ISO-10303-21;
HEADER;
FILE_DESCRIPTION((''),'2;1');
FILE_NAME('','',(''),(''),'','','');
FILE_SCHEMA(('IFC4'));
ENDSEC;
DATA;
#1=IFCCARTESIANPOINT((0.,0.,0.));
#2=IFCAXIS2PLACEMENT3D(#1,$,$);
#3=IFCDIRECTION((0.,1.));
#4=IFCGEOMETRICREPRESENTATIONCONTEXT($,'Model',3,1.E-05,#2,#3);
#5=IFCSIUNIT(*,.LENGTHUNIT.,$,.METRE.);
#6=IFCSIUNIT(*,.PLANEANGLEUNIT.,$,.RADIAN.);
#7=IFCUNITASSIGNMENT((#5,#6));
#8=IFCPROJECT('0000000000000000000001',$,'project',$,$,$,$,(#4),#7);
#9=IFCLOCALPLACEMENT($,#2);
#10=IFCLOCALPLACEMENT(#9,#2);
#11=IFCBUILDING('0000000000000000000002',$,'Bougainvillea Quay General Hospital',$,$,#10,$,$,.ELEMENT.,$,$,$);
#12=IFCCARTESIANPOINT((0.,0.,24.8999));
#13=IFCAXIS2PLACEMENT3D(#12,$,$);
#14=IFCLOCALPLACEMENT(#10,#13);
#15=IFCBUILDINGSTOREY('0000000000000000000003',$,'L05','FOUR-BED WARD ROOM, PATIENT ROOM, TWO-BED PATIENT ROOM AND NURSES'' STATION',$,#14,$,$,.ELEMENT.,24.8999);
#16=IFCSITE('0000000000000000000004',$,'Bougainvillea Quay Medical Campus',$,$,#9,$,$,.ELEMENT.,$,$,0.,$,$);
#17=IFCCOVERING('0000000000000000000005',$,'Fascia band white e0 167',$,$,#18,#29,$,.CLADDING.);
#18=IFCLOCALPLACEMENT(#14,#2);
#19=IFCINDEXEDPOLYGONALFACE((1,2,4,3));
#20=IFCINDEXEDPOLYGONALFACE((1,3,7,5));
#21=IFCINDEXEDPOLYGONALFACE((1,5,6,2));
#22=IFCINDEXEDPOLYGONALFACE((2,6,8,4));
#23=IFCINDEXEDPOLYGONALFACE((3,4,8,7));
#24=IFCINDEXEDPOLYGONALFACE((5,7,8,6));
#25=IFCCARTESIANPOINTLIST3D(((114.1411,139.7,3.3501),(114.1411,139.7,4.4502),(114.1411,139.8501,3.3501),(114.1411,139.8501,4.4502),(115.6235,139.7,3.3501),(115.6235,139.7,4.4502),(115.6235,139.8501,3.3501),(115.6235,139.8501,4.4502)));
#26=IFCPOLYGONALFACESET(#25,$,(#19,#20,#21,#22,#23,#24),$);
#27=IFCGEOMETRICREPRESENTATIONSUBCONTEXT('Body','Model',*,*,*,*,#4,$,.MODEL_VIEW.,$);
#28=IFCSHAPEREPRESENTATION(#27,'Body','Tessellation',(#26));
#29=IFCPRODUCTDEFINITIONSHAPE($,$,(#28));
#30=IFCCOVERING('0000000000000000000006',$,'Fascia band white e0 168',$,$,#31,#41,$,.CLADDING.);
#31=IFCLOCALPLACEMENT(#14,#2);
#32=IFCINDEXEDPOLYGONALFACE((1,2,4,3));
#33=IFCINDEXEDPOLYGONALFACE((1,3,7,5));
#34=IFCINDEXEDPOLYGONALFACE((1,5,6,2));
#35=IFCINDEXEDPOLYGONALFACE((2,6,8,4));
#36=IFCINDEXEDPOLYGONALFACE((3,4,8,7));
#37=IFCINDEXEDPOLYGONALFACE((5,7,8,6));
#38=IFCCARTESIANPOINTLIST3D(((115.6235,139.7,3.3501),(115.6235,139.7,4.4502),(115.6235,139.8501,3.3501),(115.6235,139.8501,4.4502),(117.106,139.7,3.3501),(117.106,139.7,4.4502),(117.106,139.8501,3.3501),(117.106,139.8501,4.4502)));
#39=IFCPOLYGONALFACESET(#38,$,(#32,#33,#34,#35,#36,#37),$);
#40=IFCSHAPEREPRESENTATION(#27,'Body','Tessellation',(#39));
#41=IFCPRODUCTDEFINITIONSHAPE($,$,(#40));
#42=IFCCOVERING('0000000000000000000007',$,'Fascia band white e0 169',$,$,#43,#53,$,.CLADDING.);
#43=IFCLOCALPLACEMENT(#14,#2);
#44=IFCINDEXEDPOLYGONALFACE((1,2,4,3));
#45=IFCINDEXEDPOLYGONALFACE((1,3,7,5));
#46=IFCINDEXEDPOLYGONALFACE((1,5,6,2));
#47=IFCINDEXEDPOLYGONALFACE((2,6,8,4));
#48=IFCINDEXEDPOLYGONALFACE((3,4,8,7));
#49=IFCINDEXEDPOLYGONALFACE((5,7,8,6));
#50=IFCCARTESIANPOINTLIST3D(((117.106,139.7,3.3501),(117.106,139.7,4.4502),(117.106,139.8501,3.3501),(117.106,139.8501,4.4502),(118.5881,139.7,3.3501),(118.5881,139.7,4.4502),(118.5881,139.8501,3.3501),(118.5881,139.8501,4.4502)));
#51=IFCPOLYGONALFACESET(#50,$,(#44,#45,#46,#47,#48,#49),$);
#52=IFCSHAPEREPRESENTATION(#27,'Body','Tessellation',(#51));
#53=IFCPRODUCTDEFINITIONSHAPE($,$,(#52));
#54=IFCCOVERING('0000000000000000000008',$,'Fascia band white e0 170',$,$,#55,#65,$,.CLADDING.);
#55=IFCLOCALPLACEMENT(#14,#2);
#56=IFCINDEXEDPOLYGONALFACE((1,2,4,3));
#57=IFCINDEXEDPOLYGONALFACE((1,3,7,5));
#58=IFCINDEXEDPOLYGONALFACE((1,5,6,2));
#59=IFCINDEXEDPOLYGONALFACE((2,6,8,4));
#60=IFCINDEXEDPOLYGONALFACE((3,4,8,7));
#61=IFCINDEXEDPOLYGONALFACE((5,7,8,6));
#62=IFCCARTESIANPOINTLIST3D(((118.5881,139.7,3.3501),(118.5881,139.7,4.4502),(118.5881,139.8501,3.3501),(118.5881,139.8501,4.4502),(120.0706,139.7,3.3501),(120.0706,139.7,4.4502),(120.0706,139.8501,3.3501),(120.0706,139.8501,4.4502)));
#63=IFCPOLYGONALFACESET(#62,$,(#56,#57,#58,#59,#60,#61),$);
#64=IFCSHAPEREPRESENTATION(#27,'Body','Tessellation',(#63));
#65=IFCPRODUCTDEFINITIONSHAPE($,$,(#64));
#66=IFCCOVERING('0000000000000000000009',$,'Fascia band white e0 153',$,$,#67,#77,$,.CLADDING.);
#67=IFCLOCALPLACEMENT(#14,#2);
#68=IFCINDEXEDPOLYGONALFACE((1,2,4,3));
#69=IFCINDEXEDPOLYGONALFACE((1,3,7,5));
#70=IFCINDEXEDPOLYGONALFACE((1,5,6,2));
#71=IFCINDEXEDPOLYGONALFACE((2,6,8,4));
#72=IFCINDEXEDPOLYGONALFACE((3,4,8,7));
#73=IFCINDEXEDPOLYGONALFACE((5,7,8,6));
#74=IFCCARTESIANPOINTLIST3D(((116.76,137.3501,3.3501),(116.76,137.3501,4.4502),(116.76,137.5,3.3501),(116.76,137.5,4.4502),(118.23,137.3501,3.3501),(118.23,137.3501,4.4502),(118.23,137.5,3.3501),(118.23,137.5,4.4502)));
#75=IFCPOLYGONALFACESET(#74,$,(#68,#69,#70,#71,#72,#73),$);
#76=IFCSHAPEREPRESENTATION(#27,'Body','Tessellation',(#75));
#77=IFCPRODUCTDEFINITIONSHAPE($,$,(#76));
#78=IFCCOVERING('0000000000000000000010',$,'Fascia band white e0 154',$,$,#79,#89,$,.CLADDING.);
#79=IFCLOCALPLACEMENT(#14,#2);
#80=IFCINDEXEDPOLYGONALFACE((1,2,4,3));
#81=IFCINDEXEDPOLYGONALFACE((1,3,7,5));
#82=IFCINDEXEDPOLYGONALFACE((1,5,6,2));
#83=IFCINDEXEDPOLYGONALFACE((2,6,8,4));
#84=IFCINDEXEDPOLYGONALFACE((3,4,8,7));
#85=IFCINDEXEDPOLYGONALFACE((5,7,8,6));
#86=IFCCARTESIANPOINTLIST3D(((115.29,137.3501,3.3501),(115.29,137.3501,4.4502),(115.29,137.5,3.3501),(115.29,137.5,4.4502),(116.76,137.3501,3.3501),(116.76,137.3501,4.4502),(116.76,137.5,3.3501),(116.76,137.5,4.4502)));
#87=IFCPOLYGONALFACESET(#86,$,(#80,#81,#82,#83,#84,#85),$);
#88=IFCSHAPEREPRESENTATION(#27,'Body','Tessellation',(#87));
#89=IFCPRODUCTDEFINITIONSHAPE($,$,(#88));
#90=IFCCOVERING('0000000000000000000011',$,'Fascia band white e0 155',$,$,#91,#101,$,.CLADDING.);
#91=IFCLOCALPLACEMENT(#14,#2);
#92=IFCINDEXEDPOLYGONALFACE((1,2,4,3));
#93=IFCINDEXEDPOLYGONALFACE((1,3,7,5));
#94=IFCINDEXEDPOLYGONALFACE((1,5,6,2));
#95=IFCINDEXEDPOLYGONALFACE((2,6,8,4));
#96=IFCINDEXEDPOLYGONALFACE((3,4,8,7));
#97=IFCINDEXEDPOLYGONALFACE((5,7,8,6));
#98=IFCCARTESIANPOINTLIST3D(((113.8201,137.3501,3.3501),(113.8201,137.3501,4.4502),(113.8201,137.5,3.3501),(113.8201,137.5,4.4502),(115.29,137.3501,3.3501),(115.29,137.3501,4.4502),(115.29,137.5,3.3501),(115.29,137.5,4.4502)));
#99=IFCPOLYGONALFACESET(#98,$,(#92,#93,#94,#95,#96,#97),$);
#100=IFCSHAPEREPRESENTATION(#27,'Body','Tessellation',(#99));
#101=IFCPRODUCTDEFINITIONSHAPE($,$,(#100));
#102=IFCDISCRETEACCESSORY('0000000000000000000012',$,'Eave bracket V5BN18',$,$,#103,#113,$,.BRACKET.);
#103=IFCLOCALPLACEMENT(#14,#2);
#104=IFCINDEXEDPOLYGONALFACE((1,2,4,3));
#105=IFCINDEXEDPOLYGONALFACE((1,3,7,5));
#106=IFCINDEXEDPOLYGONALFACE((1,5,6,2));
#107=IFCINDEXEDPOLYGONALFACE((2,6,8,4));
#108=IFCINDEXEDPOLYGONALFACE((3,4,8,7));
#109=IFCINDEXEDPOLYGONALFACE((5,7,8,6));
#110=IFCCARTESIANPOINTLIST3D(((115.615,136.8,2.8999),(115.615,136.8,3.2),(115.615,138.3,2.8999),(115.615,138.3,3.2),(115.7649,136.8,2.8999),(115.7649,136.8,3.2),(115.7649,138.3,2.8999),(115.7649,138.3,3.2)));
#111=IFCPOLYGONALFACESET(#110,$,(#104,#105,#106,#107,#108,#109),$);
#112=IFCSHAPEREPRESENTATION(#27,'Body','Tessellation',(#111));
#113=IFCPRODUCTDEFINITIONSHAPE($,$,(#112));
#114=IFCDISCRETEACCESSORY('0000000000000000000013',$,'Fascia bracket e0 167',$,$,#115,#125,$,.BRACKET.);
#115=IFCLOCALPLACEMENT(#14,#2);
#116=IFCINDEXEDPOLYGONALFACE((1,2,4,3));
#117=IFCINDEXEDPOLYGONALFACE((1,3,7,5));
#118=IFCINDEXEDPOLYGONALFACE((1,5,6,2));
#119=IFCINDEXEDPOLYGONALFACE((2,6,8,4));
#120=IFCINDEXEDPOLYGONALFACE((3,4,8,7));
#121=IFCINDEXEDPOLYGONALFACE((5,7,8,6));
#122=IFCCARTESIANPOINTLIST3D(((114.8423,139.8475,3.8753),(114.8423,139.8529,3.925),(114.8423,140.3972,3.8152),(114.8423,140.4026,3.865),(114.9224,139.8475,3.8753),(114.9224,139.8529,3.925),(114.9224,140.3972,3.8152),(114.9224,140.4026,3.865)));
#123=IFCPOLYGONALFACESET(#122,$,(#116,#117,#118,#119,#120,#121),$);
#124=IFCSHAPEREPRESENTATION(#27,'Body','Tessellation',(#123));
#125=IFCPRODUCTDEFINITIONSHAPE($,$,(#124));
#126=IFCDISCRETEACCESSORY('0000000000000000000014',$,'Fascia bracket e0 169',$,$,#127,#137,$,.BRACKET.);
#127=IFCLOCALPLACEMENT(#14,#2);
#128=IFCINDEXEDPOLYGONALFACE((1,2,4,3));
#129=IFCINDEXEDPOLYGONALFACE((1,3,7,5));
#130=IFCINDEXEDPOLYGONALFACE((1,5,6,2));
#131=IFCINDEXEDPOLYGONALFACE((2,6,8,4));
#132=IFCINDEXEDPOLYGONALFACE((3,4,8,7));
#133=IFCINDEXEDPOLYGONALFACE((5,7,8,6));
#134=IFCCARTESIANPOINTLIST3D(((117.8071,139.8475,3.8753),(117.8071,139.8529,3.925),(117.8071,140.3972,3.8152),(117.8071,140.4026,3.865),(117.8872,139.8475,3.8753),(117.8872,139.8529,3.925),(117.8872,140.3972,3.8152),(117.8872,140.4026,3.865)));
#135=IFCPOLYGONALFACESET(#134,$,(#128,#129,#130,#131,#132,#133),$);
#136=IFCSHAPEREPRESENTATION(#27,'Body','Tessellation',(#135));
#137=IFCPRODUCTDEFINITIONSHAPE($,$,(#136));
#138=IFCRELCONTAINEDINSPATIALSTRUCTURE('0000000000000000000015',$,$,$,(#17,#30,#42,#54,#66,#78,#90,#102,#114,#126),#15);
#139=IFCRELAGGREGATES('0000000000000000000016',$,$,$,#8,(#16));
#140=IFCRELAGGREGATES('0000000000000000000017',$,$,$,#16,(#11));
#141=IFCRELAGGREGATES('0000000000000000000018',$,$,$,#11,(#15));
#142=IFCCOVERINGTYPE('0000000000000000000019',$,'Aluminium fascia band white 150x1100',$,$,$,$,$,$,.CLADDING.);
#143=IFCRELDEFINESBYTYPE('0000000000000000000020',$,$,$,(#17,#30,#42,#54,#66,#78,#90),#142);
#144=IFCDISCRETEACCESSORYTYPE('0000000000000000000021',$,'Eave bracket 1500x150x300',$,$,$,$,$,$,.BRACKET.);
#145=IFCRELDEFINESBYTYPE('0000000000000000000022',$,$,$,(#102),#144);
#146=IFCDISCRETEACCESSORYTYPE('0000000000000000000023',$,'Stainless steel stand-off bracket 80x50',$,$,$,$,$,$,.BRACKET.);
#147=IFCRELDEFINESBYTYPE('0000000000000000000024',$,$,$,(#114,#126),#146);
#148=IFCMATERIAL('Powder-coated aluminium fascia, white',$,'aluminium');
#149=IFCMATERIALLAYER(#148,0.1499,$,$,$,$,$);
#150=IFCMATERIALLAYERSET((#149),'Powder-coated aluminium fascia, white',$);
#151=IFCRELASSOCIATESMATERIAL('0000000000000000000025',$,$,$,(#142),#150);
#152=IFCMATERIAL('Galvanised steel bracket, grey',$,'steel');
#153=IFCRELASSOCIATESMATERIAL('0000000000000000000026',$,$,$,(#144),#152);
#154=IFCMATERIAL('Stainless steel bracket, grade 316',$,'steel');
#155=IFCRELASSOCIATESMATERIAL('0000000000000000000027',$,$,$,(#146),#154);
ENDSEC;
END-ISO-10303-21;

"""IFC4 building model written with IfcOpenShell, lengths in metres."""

from ifc_helpers import new_model, si_unit, direction, frame, origin, origin_2d, place, context, subcontext, project, spatial, polyline, rectangle, outline, extrude, material, layer, layer_set, material_profile, profile_set, type_object, element, save


model = new_model("IFC4")

# Units and contexts
model_context = context("Model", 3, precision=1e-05, world=origin(), true_north=direction((0.0, 1.0)))
body_context = subcontext(model_context, "Body", "Model", "MODEL_VIEW")
ifc_project = project(units=[si_unit("LENGTHUNIT", "METRE"), si_unit("PLANEANGLEUNIT", "RADIAN")], contexts=[model_context])

# Site, building, storey
site_placement = place(None, origin())
site = spatial("IfcSite", under=ifc_project, at=site_placement, Name="Bougainvillea Quay Medical Campus", CompositionType="ELEMENT", RefElevation=0.0)
building_placement = place(site_placement, origin())
building = spatial("IfcBuilding", under=site, at=building_placement, Name="Bougainvillea Quay General Hospital", CompositionType="ELEMENT")
storey_placement = place(building_placement, frame((0.0, 0.0, 24.8999)))
storey = spatial("IfcBuildingStorey", under=building, at=storey_placement, Name="L05", Description="FOUR-BED WARD ROOM, PATIENT ROOM, TWO-BED PATIENT ROOM AND NURSES' STATION", CompositionType="ELEMENT", Elevation=24.8999)

# Coverings
ifc_material_1 = material(Name="Powder-coated aluminium fascia, white", Category="aluminium")
ifc_layer_1 = layer(ifc_material_1, 0.1499)
ifc_layer_set_1 = layer_set([ifc_layer_1], Name="Powder-coated aluminium fascia, white")
covering_type = type_object("IfcCoveringType", Name="Aluminium fascia band white 150x1100", PredefinedType="CLADDING", material=ifc_layer_set_1)
for number, where, z_axis, x_axis, name in (
    (1, (114.1411, 139.8501, 3.3501), (0.0, 0.0, 1.0), (1.0, 0.0, 0.0), "Fascia band white e0 167"),
    (2, (115.6235, 139.8501, 3.3501), (0.0, 0.0, 1.0), (1.0, 0.0, 0.0), "Fascia band white e0 168"),
):
    element("IfcCovering", number, at=place(storey_placement, frame(where, z_axis=z_axis, x_axis=x_axis)), inside=storey, type_object=covering_type, Name=name, PredefinedType="CLADDING", context=body_context, shape_type="SweptSolid", body=[
        extrude(outline(polyline([(0.0, 0.0), (1.4824, 0.0), (1.4824, -0.1501), (0.0, -0.1501), (0.0, 0.0)])), origin(), (0.0, 0.0, 1.0), 1.1001),
    ])
covering_1_placement = place(storey_placement, frame((117.106, 139.8501, 3.3501), z_axis=(0.0, 0.0, 1.0), x_axis=(1.0, 0.0, 0.0)))
element("IfcCovering", 3, at=covering_1_placement, inside=storey, type_object=covering_type, Name="Fascia band white e0 169", PredefinedType="CLADDING", context=body_context, shape_type="SweptSolid", body=[
    extrude(outline(polyline([(0.0, 0.0), (1.4822, 0.0), (1.4822, -0.1501), (0.0, -0.1501), (0.0, 0.0)])), origin(), (0.0, 0.0, 1.0), 1.1001),
])
covering_2_placement = place(storey_placement, frame((118.5881, 139.8501, 3.3501), z_axis=(0.0, 0.0, 1.0), x_axis=(1.0, 0.0, 0.0)))
element("IfcCovering", 4, at=covering_2_placement, inside=storey, type_object=covering_type, Name="Fascia band white e0 170", PredefinedType="CLADDING", context=body_context, shape_type="SweptSolid", body=[
    extrude(outline(polyline([(0.0, 0.0), (1.4824, 0.0), (1.4824, -0.1501), (0.0, -0.1501), (0.0, 0.0)])), origin(), (0.0, 0.0, 1.0), 1.1001),
])
for number, where, z_axis, x_axis, name in (
    (5, (118.23, 137.3501, 3.3501), (0.0, 0.0, 1.0), (-1.0, 0.0, 0.0), "Fascia band white e0 153"),
    (6, (116.76, 137.3501, 3.3501), (0.0, 0.0, 1.0), (-1.0, 0.0, 0.0), "Fascia band white e0 154"),
    (7, (115.29, 137.3501, 3.3501), (0.0, 0.0, 1.0), (-1.0, 0.0, 0.0), "Fascia band white e0 155"),
):
    element("IfcCovering", number, at=place(storey_placement, frame(where, z_axis=z_axis, x_axis=x_axis)), inside=storey, type_object=covering_type, Name=name, PredefinedType="CLADDING", context=body_context, shape_type="SweptSolid", body=[
        extrude(outline(polyline([(0.0, 0.0), (1.47, 0.0), (1.47, -0.1499), (0.0, -0.1499), (0.0, 0.0)])), origin(), (0.0, 0.0, 1.0), 1.1001),
    ])

# Discrete accessories
ifc_material_2 = material(Name="Galvanised steel bracket, grey", Category="steel")
discrete_accessory_type_1 = type_object("IfcDiscreteAccessoryType", Name="Eave bracket 1500x150x300", PredefinedType="BRACKET", material=ifc_material_2)
discrete_accessory_placement = place(storey_placement, frame((115.6899, 137.55, 2.8999), z_axis=(0.0, 0.0, 1.0), x_axis=(1.0, 0.0, 0.0)))
element("IfcDiscreteAccessory", 8, at=discrete_accessory_placement, inside=storey, type_object=discrete_accessory_type_1, Name="Eave bracket V5BN18", PredefinedType="BRACKET", context=body_context, shape_type="SweptSolid", body=[
    extrude(rectangle(XDim=0.1499, YDim=1.5, at=origin_2d()), origin(), (0.0, 0.0, 1.0), 0.3),
])
ifc_material_3 = material(Name="Stainless steel bracket, grade 316", Category="steel")
ifc_material_profile_1 = material_profile(ifc_material_3, rectangle(XDim=0.0801, YDim=0.05, at=origin_2d()))
ifc_profile_set_1 = profile_set([ifc_material_profile_1], Name="Stainless steel bracket, grade 316")
discrete_accessory_type_2 = type_object("IfcDiscreteAccessoryType", Name="Stainless steel stand-off bracket 80x50", PredefinedType="BRACKET", material=ifc_profile_set_1)
for number, where, z_axis, x_axis, name in (
    (9, (114.8823, 140.3999, 3.8401), (0.0, -0.994087, 0.10859), (1.0, 0.0, 0.0), "Fascia bracket e0 167"),
    (10, (117.8472, 140.3999, 3.8401), (0.0, -0.994087, 0.10859), (1.0, 0.0, 0.0), "Fascia bracket e0 169"),
):
    element("IfcDiscreteAccessory", number, at=place(storey_placement, frame(where, z_axis=z_axis, x_axis=x_axis)), inside=storey, type_object=discrete_accessory_type_2, Name=name, PredefinedType="BRACKET", context=body_context, shape_type="SweptSolid", body=[
        extrude(rectangle(XDim=0.0801, YDim=0.05, at=origin_2d()), origin(), (0.0, 0.0, 1.0), 0.553),
    ])

save(model, "model.ifc")
